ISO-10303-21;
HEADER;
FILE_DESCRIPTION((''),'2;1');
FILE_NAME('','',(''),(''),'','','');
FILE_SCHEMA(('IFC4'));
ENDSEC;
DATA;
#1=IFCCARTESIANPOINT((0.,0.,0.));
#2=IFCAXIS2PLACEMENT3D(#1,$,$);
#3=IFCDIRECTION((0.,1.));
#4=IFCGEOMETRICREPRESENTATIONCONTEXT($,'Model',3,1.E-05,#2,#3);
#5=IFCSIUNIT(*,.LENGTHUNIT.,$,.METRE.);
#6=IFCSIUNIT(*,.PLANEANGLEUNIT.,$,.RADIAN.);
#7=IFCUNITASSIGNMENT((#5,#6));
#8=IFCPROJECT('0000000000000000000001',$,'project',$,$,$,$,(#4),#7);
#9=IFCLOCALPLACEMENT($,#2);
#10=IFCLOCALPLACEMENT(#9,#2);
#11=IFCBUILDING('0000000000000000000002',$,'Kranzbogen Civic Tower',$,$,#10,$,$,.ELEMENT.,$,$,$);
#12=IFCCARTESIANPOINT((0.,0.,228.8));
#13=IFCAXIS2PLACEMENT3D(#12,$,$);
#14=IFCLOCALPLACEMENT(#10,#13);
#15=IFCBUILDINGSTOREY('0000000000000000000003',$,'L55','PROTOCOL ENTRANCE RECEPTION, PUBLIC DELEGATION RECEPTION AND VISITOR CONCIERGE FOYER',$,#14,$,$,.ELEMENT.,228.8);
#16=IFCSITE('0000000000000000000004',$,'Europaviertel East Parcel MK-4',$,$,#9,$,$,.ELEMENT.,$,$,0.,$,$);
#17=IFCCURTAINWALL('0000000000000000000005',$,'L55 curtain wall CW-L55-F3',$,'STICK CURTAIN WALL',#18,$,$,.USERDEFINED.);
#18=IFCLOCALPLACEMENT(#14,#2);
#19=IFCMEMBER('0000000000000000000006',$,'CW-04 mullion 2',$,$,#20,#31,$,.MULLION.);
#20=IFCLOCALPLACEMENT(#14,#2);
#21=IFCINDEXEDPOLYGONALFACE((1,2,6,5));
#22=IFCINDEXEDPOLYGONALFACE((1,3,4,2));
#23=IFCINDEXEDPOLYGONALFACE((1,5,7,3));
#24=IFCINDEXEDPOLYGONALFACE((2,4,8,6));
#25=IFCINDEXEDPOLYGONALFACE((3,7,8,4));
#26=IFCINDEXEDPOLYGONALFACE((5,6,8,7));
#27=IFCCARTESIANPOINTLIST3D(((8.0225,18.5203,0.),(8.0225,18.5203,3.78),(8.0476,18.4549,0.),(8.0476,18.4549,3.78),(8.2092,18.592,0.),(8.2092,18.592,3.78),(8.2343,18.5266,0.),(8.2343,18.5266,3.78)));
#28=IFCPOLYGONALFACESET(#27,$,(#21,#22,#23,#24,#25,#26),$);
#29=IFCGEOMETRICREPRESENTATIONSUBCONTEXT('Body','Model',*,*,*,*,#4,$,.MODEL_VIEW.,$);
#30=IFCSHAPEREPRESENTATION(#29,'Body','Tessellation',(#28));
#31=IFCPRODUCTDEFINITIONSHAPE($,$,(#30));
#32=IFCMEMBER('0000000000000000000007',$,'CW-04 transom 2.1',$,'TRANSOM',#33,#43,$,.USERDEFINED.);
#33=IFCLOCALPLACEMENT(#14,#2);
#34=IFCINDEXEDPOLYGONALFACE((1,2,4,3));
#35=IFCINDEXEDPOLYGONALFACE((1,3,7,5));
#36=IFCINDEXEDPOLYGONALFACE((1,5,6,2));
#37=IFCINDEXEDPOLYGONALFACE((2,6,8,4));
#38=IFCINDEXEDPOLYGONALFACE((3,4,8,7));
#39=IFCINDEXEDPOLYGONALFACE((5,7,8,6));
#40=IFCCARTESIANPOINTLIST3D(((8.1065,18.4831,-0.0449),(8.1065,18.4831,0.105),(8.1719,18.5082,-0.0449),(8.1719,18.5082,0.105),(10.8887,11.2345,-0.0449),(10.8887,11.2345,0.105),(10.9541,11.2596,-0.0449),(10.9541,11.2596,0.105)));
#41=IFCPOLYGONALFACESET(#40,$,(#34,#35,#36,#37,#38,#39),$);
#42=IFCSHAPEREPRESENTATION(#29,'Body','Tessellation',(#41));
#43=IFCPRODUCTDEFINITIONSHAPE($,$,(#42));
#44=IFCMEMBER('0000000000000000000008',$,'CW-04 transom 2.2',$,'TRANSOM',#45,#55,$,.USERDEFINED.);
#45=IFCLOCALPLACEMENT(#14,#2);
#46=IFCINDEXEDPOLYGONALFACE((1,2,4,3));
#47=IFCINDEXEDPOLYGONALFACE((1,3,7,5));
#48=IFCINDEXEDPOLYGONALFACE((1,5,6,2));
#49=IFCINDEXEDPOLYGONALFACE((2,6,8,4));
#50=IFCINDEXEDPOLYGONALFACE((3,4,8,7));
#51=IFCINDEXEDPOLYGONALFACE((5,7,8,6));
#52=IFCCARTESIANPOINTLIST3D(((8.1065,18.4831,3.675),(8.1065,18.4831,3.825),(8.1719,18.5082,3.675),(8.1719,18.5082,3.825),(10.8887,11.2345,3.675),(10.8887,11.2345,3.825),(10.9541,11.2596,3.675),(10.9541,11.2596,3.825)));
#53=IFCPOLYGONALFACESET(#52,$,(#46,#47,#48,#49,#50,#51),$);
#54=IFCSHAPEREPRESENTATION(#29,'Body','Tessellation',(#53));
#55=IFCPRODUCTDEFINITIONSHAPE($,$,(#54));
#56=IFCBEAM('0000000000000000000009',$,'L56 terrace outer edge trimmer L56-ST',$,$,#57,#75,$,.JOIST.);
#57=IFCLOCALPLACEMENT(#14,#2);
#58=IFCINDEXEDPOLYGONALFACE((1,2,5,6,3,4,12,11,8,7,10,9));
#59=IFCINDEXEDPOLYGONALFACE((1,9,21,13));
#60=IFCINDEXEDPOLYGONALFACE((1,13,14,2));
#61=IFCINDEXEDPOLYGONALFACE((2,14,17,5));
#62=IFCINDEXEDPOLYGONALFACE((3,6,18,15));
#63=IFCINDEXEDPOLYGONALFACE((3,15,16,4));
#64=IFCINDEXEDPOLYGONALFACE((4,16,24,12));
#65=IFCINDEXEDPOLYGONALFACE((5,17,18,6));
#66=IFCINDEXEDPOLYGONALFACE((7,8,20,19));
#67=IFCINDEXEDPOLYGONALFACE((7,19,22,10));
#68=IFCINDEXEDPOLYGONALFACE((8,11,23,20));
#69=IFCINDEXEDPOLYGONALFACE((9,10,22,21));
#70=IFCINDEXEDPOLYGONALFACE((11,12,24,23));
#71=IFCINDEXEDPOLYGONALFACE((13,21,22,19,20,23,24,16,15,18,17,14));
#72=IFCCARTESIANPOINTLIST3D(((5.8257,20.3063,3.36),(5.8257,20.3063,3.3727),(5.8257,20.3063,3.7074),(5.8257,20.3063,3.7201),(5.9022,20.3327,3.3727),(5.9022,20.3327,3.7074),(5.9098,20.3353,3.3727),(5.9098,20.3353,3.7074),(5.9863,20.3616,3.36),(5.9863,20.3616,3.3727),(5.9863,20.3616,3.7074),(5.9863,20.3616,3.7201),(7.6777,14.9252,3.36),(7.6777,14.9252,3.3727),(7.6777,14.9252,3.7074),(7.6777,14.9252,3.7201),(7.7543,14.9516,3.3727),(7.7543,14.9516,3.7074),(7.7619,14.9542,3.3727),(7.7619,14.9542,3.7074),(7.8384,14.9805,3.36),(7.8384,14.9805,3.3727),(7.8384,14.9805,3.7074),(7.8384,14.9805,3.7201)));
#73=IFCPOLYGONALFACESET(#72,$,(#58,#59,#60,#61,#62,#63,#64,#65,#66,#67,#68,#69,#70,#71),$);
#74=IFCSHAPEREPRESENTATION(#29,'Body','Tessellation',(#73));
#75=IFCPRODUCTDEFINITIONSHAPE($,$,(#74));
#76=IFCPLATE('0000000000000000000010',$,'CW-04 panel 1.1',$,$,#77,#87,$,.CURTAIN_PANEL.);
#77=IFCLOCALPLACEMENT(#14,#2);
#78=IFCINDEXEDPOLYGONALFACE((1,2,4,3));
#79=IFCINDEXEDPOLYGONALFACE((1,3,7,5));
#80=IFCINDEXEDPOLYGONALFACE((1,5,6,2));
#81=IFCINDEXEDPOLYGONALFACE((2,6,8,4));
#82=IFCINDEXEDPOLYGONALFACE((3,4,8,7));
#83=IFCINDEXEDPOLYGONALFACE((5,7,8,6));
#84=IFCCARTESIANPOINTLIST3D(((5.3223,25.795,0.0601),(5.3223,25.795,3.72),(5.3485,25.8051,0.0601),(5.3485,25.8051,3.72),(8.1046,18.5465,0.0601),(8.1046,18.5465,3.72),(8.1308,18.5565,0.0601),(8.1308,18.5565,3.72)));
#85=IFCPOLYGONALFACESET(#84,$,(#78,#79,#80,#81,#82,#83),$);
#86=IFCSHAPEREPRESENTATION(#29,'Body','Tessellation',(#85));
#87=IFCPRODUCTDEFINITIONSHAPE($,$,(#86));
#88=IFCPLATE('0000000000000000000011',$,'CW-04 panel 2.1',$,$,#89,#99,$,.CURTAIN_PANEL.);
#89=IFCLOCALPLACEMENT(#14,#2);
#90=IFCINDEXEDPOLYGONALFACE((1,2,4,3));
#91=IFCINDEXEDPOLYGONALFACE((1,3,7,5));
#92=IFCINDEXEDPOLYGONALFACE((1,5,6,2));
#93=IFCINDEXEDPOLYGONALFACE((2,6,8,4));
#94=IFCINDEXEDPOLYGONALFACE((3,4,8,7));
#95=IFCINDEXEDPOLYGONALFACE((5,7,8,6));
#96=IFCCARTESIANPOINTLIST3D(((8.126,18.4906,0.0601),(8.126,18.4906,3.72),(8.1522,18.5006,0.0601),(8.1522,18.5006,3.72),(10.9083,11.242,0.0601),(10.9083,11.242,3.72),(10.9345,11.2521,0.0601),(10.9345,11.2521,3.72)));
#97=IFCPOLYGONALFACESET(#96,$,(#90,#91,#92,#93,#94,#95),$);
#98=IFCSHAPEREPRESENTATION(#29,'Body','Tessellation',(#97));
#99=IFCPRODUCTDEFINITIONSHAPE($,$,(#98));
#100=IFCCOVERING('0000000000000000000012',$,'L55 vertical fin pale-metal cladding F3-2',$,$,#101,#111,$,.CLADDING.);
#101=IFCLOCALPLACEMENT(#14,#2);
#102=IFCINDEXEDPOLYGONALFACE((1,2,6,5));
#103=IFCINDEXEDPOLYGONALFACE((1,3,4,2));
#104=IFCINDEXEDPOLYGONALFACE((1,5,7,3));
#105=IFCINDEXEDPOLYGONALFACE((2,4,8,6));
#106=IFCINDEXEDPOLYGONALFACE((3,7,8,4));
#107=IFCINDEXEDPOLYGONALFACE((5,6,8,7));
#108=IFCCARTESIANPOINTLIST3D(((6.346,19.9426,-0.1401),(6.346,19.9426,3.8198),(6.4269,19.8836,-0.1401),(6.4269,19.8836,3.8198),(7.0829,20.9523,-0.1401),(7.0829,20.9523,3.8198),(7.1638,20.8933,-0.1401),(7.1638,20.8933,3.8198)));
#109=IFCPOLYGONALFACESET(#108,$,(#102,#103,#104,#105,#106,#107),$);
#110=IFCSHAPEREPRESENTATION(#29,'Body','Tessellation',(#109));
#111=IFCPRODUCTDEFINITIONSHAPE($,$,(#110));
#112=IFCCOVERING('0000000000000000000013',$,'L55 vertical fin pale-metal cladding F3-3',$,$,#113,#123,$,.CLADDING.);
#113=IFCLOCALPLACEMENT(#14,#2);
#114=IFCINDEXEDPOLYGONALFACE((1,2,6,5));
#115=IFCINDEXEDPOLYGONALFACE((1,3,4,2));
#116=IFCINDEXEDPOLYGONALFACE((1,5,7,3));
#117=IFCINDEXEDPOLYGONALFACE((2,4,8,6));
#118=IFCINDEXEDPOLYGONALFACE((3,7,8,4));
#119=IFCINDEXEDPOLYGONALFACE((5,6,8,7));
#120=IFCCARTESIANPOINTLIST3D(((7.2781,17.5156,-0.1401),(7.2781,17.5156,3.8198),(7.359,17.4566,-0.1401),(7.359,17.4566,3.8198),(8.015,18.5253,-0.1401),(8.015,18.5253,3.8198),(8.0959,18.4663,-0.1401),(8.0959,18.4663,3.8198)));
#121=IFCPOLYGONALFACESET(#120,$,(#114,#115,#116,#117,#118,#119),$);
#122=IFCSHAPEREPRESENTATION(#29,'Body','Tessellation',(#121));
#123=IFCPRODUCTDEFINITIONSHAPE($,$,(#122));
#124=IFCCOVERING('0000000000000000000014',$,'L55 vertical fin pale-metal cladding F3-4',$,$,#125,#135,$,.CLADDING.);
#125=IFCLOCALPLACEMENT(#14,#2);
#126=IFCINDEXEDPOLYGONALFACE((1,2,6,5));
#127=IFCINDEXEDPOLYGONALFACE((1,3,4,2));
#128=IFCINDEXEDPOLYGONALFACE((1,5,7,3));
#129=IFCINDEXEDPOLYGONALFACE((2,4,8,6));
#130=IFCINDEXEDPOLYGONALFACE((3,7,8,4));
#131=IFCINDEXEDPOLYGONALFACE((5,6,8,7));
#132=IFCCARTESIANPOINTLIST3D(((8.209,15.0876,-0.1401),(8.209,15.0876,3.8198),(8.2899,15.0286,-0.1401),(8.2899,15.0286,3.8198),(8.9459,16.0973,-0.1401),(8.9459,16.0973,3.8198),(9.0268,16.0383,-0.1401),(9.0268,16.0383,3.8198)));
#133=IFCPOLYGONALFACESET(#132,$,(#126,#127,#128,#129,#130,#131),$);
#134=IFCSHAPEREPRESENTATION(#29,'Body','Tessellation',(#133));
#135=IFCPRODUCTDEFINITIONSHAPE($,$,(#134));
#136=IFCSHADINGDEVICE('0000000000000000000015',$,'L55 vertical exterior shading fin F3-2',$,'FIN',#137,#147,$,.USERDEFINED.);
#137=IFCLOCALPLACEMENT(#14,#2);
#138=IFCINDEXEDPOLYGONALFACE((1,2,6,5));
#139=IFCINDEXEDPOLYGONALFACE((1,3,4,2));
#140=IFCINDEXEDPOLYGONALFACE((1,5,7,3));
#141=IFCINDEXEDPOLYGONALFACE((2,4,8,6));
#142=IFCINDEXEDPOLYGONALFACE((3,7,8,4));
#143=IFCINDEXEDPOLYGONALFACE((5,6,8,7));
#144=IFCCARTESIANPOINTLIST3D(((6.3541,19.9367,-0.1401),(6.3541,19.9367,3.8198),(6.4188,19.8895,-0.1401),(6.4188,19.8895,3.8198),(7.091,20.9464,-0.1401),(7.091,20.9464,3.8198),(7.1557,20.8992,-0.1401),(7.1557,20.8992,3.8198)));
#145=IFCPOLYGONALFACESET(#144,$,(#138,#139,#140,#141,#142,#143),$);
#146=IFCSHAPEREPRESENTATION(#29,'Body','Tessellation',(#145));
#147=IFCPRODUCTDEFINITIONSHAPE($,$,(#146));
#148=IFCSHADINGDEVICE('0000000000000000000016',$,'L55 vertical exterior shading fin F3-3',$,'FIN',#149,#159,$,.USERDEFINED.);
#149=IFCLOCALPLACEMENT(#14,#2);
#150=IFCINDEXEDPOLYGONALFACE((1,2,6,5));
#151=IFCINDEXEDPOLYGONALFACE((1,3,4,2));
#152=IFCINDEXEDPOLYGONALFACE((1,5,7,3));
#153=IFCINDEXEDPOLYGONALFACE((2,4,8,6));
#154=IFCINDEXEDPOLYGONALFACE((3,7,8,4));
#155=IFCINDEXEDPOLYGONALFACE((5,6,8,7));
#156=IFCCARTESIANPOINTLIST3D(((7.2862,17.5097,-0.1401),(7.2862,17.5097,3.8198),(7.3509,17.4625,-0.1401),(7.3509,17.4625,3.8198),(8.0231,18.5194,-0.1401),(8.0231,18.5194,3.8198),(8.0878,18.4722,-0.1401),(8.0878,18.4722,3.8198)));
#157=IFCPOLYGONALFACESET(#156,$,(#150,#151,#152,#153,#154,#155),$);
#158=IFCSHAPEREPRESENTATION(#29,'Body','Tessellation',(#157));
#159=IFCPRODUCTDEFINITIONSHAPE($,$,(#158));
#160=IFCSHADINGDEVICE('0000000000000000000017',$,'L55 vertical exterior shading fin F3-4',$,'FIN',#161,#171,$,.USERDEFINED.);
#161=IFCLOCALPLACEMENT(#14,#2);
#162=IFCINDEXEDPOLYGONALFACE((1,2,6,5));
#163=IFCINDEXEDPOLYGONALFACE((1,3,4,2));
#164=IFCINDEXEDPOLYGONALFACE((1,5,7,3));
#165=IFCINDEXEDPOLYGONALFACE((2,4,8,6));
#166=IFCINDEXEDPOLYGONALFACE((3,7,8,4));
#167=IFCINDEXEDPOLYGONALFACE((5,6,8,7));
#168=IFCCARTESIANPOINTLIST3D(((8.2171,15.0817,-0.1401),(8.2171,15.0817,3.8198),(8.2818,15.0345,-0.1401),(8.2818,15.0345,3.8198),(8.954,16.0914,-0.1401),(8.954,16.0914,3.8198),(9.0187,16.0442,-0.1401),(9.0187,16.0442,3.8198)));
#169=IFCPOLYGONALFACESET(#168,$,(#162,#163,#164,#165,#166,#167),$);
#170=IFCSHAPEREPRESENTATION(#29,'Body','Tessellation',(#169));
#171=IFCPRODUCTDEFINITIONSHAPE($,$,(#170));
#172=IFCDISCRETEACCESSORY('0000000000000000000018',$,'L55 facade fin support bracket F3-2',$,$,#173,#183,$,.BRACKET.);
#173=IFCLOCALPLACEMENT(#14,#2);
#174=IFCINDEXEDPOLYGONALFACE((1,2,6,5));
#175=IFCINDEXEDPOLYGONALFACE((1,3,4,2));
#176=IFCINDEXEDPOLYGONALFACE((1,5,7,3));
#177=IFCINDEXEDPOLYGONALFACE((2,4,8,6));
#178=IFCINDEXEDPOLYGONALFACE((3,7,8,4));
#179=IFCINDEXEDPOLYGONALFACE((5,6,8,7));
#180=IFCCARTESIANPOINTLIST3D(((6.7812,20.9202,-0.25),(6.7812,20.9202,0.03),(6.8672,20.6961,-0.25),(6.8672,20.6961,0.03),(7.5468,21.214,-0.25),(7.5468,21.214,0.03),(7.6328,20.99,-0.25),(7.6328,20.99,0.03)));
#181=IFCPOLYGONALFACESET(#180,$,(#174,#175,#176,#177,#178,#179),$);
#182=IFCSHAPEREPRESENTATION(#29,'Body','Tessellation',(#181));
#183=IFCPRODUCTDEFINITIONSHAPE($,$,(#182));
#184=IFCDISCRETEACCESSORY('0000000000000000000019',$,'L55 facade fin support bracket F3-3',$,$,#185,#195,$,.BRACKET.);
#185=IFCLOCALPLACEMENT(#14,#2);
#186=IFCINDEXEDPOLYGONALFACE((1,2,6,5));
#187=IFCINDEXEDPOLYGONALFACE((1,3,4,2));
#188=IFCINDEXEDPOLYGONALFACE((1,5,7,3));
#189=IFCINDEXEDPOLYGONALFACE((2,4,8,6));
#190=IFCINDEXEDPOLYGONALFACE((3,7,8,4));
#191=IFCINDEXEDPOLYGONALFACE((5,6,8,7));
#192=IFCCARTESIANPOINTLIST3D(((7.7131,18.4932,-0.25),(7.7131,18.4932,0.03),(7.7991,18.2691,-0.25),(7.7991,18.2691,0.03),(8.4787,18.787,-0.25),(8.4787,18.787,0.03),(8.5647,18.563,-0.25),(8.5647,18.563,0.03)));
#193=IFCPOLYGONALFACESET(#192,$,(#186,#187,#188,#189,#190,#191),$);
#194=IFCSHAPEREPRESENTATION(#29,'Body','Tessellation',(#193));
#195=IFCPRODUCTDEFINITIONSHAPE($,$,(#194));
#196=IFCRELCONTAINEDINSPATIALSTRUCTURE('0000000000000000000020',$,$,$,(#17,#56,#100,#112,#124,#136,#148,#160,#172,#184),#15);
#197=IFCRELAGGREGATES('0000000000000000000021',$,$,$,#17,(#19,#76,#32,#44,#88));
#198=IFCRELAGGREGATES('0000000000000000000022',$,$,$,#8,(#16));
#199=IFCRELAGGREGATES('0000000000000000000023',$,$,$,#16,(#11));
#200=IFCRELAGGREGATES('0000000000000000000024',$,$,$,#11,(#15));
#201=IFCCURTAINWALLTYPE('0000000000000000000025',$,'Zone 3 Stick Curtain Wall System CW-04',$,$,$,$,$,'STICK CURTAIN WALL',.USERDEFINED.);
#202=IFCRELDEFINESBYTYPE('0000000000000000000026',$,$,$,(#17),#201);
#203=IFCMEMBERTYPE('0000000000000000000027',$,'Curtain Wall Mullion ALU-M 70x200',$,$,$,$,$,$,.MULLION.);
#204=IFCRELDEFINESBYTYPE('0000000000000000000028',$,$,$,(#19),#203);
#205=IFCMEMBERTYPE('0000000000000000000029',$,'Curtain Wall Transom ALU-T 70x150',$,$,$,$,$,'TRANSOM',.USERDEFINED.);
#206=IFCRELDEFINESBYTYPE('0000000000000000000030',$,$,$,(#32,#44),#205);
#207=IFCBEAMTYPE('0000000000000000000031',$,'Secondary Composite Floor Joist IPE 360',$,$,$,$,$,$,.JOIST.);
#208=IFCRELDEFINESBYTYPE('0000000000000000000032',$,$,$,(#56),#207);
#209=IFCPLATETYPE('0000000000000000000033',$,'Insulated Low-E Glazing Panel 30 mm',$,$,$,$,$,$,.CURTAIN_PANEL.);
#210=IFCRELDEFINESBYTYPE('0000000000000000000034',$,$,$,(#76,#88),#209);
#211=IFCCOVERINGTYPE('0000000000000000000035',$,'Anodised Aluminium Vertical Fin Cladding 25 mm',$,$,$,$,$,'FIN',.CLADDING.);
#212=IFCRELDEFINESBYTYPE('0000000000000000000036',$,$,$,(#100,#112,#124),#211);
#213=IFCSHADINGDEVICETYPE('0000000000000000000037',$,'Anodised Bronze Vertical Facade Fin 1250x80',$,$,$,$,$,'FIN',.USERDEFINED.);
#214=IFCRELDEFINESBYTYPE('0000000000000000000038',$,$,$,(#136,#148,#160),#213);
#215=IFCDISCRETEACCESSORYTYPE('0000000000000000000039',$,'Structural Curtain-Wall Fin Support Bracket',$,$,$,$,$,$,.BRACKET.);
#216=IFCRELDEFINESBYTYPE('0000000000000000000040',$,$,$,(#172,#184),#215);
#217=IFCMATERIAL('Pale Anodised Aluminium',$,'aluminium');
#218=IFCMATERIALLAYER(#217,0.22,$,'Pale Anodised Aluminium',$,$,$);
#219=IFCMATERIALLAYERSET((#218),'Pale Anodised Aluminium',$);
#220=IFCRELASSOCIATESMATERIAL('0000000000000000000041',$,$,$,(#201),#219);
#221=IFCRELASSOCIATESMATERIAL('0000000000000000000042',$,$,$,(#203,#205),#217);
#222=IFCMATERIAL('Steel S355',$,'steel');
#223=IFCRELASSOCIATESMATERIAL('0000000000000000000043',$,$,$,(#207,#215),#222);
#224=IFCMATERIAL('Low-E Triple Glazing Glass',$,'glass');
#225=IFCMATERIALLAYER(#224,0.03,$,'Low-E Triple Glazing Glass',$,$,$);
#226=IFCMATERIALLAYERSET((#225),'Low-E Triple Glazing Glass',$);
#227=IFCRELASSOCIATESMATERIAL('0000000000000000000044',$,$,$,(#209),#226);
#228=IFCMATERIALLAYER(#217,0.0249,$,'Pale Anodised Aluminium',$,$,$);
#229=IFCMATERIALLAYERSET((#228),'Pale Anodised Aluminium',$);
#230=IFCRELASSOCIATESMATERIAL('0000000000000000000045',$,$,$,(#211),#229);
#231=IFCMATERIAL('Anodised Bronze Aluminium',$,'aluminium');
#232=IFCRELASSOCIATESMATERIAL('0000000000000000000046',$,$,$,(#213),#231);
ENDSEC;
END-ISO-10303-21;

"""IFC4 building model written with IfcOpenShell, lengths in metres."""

from ifc_helpers import new_model, si_unit, direction, frame, origin, origin_2d, place, context, subcontext, project, spatial, rectangle, i_section, extrude, material, layer, layer_set, material_profile, profile_set, type_object, element, aggregate, save


model = new_model("IFC4")

# Units and contexts
model_context = context("Model", 3, precision=1e-05, world=origin(), true_north=direction((0.0, 1.0)))
body_context = subcontext(model_context, "Body", "Model", "MODEL_VIEW")
ifc_project = project(units=[si_unit("LENGTHUNIT", "METRE"), si_unit("PLANEANGLEUNIT", "RADIAN")], contexts=[model_context])

# Site, building, storey
site_placement = place(None, origin())
site = spatial("IfcSite", under=ifc_project, at=site_placement, Name="Europaviertel East Parcel MK-4", CompositionType="ELEMENT", RefElevation=0.0)
building_placement = place(site_placement, origin())
building = spatial("IfcBuilding", under=site, at=building_placement, Name="Kranzbogen Civic Tower", CompositionType="ELEMENT")
storey_placement = place(building_placement, frame((0.0, 0.0, 228.8)))
storey = spatial("IfcBuildingStorey", under=building, at=storey_placement, Name="L55", Description="PROTOCOL ENTRANCE RECEPTION, PUBLIC DELEGATION RECEPTION AND VISITOR CONCIERGE FOYER", CompositionType="ELEMENT", Elevation=228.8)

# Curtain wall, members
ifc_material_1 = material(Name="Pale Anodised Aluminium", Category="aluminium")
ifc_layer_1 = layer(ifc_material_1, 0.22, Name="Pale Anodised Aluminium")
ifc_layer_set_1 = layer_set([ifc_layer_1], Name="Pale Anodised Aluminium")
curtain_wall_type = type_object("IfcCurtainWallType", Name="Zone 3 Stick Curtain Wall System CW-04", ElementType="STICK CURTAIN WALL", PredefinedType="USERDEFINED", material=ifc_layer_set_1)
curtain_wall_placement = place(storey_placement, origin())
curtain_wall = element("IfcCurtainWall", 1, at=curtain_wall_placement, inside=storey, type_object=curtain_wall_type, Name="L55 curtain wall CW-L55-F3", ObjectType="STICK CURTAIN WALL", PredefinedType="USERDEFINED")
ifc_material_profile_1 = material_profile(ifc_material_1, rectangle(XDim=0.0701, YDim=0.2, at=origin_2d()), Name="ALU-M 70x200")
ifc_profile_set_1 = profile_set([ifc_material_profile_1], Name="Pale Anodised Aluminium")
member_type_1 = type_object("IfcMemberType", Name="Curtain Wall Mullion ALU-M 70x200", PredefinedType="MULLION", material=ifc_profile_set_1)
member_1_placement = place(storey_placement, frame((8.1284, 18.5234, 0.0), z_axis=(0.0, 0.0, 1.0), x_axis=(0.358348, -0.933588, 0.0)))
member_1 = element("IfcMember", 2, at=member_1_placement, type_object=member_type_1, Name="CW-04 mullion 2", PredefinedType="MULLION", context=body_context, shape_type="SweptSolid", body=[
    extrude(rectangle(XDim=0.0701, YDim=0.2, at=origin_2d()), origin(), (0.0, 0.0, 1.0), 3.78),
])
ifc_material_profile_2 = material_profile(ifc_material_1, rectangle(XDim=0.0701, YDim=0.1499, at=origin_2d()), Name="ALU-T 70x150")
ifc_profile_set_2 = profile_set([ifc_material_profile_2], Name="Pale Anodised Aluminium")
member_type_2 = type_object("IfcMemberType", Name="Curtain Wall Transom ALU-T 70x150", ElementType="TRANSOM", PredefinedType="USERDEFINED", material=ifc_profile_set_2)
member_2_placement = place(storey_placement, frame((8.1392, 18.4956, 0.03), z_axis=(0.358343, -0.93359, 0.0), x_axis=(0.93359, 0.358343, 0.0)))
member_2 = element("IfcMember", 3, at=member_2_placement, type_object=member_type_2, Name="CW-04 transom 2.1", ObjectType="TRANSOM", PredefinedType="USERDEFINED", context=body_context, shape_type="SweptSolid", body=[
    extrude(rectangle(XDim=0.0701, YDim=0.1499, at=origin_2d()), origin(), (0.0, 0.0, 1.0), 7.7642),
])
member_3_placement = place(storey_placement, frame((8.1392, 18.4956, 3.75), z_axis=(0.358343, -0.93359, 0.0), x_axis=(0.93359, 0.358343, 0.0)))
member_3 = element("IfcMember", 4, at=member_3_placement, type_object=member_type_2, Name="CW-04 transom 2.2", ObjectType="TRANSOM", PredefinedType="USERDEFINED", context=body_context, shape_type="SweptSolid", body=[
    extrude(rectangle(XDim=0.0701, YDim=0.1499, at=origin_2d()), origin(), (0.0, 0.0, 1.0), 7.7642),
])

# Beam
ifc_material_2 = material(Name="Steel S355", Category="steel")
ifc_material_profile_3 = material_profile(ifc_material_2, i_section(OverallWidth=0.1699, OverallDepth=0.3601, WebThickness=0.0081, FlangeThickness=0.0127, at=origin_2d()), Name="IPE 360")
ifc_profile_set_3 = profile_set([ifc_material_profile_3], Name="Steel S355")
beam_type = type_object("IfcBeamType", Name="Secondary Composite Floor Joist IPE 360", PredefinedType="JOIST", material=ifc_profile_set_3)
beam_placement = place(storey_placement, frame((5.906, 20.334, 3.54), z_axis=(0.325441, -0.945562, 0.0), x_axis=(0.945562, 0.325441, 0.0)))
element("IfcBeam", 5, at=beam_placement, inside=storey, type_object=beam_type, Name="L56 terrace outer edge trimmer L56-ST", PredefinedType="JOIST", context=body_context, shape_type="SweptSolid", body=[
    extrude(i_section(OverallWidth=0.1699, OverallDepth=0.3601, WebThickness=0.0081, FlangeThickness=0.0127, at=origin_2d()), origin(), (0.0, 0.0, 1.0), 5.6909),
])

# Plates
ifc_material_3 = material(Name="Low-E Triple Glazing Glass", Category="glass")
ifc_layer_2 = layer(ifc_material_3, 0.03, Name="Low-E Triple Glazing Glass")
ifc_layer_set_2 = layer_set([ifc_layer_2], Name="Low-E Triple Glazing Glass")
plate_type = type_object("IfcPlateType", Name="Insulated Low-E Glazing Panel 30 mm", PredefinedType="CURTAIN_PANEL", material=ifc_layer_set_2)
plate_1_placement = place(storey_placement, frame((6.7266, 22.1758, 0.0601), z_axis=(0.0, 0.0, 1.0), x_axis=(0.358348, -0.933588, 0.0)))
plate_1 = element("IfcPlate", 6, at=plate_1_placement, type_object=plate_type, Name="CW-04 panel 1.1", PredefinedType="CURTAIN_PANEL", context=body_context, shape_type="SweptSolid", body=[
    extrude(rectangle(XDim=7.7642, YDim=0.0281, at=origin_2d()), origin(), (0.0, 0.0, 1.0), 3.6599),
])
plate_2_placement = place(storey_placement, frame((9.5303, 14.8713, 0.0601), z_axis=(0.0, 0.0, 1.0), x_axis=(0.358348, -0.933588, 0.0)))
plate_2 = element("IfcPlate", 7, at=plate_2_placement, type_object=plate_type, Name="CW-04 panel 2.1", PredefinedType="CURTAIN_PANEL", context=body_context, shape_type="SweptSolid", body=[
    extrude(rectangle(XDim=7.7642, YDim=0.0281, at=origin_2d()), origin(), (0.0, 0.0, 1.0), 3.6599),
])
aggregate(curtain_wall, [member_1, plate_1, member_2, member_3, plate_2])

# Coverings
ifc_layer_3 = layer(ifc_material_1, 0.0249, Name="Pale Anodised Aluminium")
ifc_layer_set_3 = layer_set([ifc_layer_3], Name="Pale Anodised Aluminium")
covering_type = type_object("IfcCoveringType", Name="Anodised Aluminium Vertical Fin Cladding 25 mm", ElementType="FIN", PredefinedType="CLADDING", material=ifc_layer_set_3)
for number, where, z_axis, x_axis, name in (
    (8, (6.7549, 20.418, -0.1401), (0.0, 0.0, 1.0), (-0.589521, -0.807753, 0.0), "L55 vertical fin pale-metal cladding F3-2"),
    (9, (7.687, 17.991, -0.1401), (0.0, 0.0, 1.0), (-0.589521, -0.807753, 0.0), "L55 vertical fin pale-metal cladding F3-3"),
    (10, (8.6179, 15.563, -0.1401), (0.0, 0.0, 1.0), (-0.589521, -0.807753, 0.0), "L55 vertical fin pale-metal cladding F3-4"),
):
    element("IfcCovering", number, at=place(storey_placement, frame(where, z_axis=z_axis, x_axis=x_axis)), inside=storey, type_object=covering_type, Name=name, PredefinedType="CLADDING", context=body_context, shape_type="SweptSolid", body=[
        extrude(rectangle(XDim=1.25, YDim=0.1001, at=origin_2d()), origin(), (0.0, 0.0, 1.0), 3.96),
    ])

# Shading devices
ifc_material_4 = material(Name="Anodised Bronze Aluminium", Category="aluminium")
shading_device_type = type_object("IfcShadingDeviceType", Name="Anodised Bronze Vertical Facade Fin 1250x80", ElementType="FIN", PredefinedType="USERDEFINED", material=ifc_material_4)
for number, where, z_axis, x_axis, name in (
    (11, (6.7549, 20.418, -0.1401), (0.0, 0.0, 1.0), (-0.589521, -0.807753, 0.0), "L55 vertical exterior shading fin F3-2"),
    (12, (7.687, 17.991, -0.1401), (0.0, 0.0, 1.0), (-0.589521, -0.807753, 0.0), "L55 vertical exterior shading fin F3-3"),
    (13, (8.6179, 15.563, -0.1401), (0.0, 0.0, 1.0), (-0.589521, -0.807753, 0.0), "L55 vertical exterior shading fin F3-4"),
):
    element("IfcShadingDevice", number, at=place(storey_placement, frame(where, z_axis=z_axis, x_axis=x_axis)), inside=storey, type_object=shading_device_type, Name=name, ObjectType="FIN", PredefinedType="USERDEFINED", context=body_context, shape_type="SweptSolid", body=[
        extrude(rectangle(XDim=1.25, YDim=0.0801, at=origin_2d()), origin(), (0.0, 0.0, 1.0), 3.96),
    ])

# Discrete accessories
discrete_accessory_type = type_object("IfcDiscreteAccessoryType", Name="Structural Curtain-Wall Fin Support Bracket", PredefinedType="BRACKET", material=ifc_material_2)
for number, where, z_axis, x_axis, name in (
    (14, (7.207, 20.9551, -0.25), (0.0, 0.0, 1.0), (-0.93358, -0.358368, 0.0), "L55 facade fin support bracket F3-2"),
    (15, (8.1389, 18.5281, -0.25), (0.0, 0.0, 1.0), (-0.93358, -0.358368, 0.0), "L55 facade fin support bracket F3-3"),
):
    element("IfcDiscreteAccessory", number, at=place(storey_placement, frame(where, z_axis=z_axis, x_axis=x_axis)), inside=storey, type_object=discrete_accessory_type, Name=name, PredefinedType="BRACKET", context=body_context, shape_type="SweptSolid", body=[
        extrude(rectangle(XDim=0.8201, YDim=0.24, at=origin_2d()), origin(), (0.0, 0.0, 1.0), 0.28),
    ])

save(model, "model.ifc")
